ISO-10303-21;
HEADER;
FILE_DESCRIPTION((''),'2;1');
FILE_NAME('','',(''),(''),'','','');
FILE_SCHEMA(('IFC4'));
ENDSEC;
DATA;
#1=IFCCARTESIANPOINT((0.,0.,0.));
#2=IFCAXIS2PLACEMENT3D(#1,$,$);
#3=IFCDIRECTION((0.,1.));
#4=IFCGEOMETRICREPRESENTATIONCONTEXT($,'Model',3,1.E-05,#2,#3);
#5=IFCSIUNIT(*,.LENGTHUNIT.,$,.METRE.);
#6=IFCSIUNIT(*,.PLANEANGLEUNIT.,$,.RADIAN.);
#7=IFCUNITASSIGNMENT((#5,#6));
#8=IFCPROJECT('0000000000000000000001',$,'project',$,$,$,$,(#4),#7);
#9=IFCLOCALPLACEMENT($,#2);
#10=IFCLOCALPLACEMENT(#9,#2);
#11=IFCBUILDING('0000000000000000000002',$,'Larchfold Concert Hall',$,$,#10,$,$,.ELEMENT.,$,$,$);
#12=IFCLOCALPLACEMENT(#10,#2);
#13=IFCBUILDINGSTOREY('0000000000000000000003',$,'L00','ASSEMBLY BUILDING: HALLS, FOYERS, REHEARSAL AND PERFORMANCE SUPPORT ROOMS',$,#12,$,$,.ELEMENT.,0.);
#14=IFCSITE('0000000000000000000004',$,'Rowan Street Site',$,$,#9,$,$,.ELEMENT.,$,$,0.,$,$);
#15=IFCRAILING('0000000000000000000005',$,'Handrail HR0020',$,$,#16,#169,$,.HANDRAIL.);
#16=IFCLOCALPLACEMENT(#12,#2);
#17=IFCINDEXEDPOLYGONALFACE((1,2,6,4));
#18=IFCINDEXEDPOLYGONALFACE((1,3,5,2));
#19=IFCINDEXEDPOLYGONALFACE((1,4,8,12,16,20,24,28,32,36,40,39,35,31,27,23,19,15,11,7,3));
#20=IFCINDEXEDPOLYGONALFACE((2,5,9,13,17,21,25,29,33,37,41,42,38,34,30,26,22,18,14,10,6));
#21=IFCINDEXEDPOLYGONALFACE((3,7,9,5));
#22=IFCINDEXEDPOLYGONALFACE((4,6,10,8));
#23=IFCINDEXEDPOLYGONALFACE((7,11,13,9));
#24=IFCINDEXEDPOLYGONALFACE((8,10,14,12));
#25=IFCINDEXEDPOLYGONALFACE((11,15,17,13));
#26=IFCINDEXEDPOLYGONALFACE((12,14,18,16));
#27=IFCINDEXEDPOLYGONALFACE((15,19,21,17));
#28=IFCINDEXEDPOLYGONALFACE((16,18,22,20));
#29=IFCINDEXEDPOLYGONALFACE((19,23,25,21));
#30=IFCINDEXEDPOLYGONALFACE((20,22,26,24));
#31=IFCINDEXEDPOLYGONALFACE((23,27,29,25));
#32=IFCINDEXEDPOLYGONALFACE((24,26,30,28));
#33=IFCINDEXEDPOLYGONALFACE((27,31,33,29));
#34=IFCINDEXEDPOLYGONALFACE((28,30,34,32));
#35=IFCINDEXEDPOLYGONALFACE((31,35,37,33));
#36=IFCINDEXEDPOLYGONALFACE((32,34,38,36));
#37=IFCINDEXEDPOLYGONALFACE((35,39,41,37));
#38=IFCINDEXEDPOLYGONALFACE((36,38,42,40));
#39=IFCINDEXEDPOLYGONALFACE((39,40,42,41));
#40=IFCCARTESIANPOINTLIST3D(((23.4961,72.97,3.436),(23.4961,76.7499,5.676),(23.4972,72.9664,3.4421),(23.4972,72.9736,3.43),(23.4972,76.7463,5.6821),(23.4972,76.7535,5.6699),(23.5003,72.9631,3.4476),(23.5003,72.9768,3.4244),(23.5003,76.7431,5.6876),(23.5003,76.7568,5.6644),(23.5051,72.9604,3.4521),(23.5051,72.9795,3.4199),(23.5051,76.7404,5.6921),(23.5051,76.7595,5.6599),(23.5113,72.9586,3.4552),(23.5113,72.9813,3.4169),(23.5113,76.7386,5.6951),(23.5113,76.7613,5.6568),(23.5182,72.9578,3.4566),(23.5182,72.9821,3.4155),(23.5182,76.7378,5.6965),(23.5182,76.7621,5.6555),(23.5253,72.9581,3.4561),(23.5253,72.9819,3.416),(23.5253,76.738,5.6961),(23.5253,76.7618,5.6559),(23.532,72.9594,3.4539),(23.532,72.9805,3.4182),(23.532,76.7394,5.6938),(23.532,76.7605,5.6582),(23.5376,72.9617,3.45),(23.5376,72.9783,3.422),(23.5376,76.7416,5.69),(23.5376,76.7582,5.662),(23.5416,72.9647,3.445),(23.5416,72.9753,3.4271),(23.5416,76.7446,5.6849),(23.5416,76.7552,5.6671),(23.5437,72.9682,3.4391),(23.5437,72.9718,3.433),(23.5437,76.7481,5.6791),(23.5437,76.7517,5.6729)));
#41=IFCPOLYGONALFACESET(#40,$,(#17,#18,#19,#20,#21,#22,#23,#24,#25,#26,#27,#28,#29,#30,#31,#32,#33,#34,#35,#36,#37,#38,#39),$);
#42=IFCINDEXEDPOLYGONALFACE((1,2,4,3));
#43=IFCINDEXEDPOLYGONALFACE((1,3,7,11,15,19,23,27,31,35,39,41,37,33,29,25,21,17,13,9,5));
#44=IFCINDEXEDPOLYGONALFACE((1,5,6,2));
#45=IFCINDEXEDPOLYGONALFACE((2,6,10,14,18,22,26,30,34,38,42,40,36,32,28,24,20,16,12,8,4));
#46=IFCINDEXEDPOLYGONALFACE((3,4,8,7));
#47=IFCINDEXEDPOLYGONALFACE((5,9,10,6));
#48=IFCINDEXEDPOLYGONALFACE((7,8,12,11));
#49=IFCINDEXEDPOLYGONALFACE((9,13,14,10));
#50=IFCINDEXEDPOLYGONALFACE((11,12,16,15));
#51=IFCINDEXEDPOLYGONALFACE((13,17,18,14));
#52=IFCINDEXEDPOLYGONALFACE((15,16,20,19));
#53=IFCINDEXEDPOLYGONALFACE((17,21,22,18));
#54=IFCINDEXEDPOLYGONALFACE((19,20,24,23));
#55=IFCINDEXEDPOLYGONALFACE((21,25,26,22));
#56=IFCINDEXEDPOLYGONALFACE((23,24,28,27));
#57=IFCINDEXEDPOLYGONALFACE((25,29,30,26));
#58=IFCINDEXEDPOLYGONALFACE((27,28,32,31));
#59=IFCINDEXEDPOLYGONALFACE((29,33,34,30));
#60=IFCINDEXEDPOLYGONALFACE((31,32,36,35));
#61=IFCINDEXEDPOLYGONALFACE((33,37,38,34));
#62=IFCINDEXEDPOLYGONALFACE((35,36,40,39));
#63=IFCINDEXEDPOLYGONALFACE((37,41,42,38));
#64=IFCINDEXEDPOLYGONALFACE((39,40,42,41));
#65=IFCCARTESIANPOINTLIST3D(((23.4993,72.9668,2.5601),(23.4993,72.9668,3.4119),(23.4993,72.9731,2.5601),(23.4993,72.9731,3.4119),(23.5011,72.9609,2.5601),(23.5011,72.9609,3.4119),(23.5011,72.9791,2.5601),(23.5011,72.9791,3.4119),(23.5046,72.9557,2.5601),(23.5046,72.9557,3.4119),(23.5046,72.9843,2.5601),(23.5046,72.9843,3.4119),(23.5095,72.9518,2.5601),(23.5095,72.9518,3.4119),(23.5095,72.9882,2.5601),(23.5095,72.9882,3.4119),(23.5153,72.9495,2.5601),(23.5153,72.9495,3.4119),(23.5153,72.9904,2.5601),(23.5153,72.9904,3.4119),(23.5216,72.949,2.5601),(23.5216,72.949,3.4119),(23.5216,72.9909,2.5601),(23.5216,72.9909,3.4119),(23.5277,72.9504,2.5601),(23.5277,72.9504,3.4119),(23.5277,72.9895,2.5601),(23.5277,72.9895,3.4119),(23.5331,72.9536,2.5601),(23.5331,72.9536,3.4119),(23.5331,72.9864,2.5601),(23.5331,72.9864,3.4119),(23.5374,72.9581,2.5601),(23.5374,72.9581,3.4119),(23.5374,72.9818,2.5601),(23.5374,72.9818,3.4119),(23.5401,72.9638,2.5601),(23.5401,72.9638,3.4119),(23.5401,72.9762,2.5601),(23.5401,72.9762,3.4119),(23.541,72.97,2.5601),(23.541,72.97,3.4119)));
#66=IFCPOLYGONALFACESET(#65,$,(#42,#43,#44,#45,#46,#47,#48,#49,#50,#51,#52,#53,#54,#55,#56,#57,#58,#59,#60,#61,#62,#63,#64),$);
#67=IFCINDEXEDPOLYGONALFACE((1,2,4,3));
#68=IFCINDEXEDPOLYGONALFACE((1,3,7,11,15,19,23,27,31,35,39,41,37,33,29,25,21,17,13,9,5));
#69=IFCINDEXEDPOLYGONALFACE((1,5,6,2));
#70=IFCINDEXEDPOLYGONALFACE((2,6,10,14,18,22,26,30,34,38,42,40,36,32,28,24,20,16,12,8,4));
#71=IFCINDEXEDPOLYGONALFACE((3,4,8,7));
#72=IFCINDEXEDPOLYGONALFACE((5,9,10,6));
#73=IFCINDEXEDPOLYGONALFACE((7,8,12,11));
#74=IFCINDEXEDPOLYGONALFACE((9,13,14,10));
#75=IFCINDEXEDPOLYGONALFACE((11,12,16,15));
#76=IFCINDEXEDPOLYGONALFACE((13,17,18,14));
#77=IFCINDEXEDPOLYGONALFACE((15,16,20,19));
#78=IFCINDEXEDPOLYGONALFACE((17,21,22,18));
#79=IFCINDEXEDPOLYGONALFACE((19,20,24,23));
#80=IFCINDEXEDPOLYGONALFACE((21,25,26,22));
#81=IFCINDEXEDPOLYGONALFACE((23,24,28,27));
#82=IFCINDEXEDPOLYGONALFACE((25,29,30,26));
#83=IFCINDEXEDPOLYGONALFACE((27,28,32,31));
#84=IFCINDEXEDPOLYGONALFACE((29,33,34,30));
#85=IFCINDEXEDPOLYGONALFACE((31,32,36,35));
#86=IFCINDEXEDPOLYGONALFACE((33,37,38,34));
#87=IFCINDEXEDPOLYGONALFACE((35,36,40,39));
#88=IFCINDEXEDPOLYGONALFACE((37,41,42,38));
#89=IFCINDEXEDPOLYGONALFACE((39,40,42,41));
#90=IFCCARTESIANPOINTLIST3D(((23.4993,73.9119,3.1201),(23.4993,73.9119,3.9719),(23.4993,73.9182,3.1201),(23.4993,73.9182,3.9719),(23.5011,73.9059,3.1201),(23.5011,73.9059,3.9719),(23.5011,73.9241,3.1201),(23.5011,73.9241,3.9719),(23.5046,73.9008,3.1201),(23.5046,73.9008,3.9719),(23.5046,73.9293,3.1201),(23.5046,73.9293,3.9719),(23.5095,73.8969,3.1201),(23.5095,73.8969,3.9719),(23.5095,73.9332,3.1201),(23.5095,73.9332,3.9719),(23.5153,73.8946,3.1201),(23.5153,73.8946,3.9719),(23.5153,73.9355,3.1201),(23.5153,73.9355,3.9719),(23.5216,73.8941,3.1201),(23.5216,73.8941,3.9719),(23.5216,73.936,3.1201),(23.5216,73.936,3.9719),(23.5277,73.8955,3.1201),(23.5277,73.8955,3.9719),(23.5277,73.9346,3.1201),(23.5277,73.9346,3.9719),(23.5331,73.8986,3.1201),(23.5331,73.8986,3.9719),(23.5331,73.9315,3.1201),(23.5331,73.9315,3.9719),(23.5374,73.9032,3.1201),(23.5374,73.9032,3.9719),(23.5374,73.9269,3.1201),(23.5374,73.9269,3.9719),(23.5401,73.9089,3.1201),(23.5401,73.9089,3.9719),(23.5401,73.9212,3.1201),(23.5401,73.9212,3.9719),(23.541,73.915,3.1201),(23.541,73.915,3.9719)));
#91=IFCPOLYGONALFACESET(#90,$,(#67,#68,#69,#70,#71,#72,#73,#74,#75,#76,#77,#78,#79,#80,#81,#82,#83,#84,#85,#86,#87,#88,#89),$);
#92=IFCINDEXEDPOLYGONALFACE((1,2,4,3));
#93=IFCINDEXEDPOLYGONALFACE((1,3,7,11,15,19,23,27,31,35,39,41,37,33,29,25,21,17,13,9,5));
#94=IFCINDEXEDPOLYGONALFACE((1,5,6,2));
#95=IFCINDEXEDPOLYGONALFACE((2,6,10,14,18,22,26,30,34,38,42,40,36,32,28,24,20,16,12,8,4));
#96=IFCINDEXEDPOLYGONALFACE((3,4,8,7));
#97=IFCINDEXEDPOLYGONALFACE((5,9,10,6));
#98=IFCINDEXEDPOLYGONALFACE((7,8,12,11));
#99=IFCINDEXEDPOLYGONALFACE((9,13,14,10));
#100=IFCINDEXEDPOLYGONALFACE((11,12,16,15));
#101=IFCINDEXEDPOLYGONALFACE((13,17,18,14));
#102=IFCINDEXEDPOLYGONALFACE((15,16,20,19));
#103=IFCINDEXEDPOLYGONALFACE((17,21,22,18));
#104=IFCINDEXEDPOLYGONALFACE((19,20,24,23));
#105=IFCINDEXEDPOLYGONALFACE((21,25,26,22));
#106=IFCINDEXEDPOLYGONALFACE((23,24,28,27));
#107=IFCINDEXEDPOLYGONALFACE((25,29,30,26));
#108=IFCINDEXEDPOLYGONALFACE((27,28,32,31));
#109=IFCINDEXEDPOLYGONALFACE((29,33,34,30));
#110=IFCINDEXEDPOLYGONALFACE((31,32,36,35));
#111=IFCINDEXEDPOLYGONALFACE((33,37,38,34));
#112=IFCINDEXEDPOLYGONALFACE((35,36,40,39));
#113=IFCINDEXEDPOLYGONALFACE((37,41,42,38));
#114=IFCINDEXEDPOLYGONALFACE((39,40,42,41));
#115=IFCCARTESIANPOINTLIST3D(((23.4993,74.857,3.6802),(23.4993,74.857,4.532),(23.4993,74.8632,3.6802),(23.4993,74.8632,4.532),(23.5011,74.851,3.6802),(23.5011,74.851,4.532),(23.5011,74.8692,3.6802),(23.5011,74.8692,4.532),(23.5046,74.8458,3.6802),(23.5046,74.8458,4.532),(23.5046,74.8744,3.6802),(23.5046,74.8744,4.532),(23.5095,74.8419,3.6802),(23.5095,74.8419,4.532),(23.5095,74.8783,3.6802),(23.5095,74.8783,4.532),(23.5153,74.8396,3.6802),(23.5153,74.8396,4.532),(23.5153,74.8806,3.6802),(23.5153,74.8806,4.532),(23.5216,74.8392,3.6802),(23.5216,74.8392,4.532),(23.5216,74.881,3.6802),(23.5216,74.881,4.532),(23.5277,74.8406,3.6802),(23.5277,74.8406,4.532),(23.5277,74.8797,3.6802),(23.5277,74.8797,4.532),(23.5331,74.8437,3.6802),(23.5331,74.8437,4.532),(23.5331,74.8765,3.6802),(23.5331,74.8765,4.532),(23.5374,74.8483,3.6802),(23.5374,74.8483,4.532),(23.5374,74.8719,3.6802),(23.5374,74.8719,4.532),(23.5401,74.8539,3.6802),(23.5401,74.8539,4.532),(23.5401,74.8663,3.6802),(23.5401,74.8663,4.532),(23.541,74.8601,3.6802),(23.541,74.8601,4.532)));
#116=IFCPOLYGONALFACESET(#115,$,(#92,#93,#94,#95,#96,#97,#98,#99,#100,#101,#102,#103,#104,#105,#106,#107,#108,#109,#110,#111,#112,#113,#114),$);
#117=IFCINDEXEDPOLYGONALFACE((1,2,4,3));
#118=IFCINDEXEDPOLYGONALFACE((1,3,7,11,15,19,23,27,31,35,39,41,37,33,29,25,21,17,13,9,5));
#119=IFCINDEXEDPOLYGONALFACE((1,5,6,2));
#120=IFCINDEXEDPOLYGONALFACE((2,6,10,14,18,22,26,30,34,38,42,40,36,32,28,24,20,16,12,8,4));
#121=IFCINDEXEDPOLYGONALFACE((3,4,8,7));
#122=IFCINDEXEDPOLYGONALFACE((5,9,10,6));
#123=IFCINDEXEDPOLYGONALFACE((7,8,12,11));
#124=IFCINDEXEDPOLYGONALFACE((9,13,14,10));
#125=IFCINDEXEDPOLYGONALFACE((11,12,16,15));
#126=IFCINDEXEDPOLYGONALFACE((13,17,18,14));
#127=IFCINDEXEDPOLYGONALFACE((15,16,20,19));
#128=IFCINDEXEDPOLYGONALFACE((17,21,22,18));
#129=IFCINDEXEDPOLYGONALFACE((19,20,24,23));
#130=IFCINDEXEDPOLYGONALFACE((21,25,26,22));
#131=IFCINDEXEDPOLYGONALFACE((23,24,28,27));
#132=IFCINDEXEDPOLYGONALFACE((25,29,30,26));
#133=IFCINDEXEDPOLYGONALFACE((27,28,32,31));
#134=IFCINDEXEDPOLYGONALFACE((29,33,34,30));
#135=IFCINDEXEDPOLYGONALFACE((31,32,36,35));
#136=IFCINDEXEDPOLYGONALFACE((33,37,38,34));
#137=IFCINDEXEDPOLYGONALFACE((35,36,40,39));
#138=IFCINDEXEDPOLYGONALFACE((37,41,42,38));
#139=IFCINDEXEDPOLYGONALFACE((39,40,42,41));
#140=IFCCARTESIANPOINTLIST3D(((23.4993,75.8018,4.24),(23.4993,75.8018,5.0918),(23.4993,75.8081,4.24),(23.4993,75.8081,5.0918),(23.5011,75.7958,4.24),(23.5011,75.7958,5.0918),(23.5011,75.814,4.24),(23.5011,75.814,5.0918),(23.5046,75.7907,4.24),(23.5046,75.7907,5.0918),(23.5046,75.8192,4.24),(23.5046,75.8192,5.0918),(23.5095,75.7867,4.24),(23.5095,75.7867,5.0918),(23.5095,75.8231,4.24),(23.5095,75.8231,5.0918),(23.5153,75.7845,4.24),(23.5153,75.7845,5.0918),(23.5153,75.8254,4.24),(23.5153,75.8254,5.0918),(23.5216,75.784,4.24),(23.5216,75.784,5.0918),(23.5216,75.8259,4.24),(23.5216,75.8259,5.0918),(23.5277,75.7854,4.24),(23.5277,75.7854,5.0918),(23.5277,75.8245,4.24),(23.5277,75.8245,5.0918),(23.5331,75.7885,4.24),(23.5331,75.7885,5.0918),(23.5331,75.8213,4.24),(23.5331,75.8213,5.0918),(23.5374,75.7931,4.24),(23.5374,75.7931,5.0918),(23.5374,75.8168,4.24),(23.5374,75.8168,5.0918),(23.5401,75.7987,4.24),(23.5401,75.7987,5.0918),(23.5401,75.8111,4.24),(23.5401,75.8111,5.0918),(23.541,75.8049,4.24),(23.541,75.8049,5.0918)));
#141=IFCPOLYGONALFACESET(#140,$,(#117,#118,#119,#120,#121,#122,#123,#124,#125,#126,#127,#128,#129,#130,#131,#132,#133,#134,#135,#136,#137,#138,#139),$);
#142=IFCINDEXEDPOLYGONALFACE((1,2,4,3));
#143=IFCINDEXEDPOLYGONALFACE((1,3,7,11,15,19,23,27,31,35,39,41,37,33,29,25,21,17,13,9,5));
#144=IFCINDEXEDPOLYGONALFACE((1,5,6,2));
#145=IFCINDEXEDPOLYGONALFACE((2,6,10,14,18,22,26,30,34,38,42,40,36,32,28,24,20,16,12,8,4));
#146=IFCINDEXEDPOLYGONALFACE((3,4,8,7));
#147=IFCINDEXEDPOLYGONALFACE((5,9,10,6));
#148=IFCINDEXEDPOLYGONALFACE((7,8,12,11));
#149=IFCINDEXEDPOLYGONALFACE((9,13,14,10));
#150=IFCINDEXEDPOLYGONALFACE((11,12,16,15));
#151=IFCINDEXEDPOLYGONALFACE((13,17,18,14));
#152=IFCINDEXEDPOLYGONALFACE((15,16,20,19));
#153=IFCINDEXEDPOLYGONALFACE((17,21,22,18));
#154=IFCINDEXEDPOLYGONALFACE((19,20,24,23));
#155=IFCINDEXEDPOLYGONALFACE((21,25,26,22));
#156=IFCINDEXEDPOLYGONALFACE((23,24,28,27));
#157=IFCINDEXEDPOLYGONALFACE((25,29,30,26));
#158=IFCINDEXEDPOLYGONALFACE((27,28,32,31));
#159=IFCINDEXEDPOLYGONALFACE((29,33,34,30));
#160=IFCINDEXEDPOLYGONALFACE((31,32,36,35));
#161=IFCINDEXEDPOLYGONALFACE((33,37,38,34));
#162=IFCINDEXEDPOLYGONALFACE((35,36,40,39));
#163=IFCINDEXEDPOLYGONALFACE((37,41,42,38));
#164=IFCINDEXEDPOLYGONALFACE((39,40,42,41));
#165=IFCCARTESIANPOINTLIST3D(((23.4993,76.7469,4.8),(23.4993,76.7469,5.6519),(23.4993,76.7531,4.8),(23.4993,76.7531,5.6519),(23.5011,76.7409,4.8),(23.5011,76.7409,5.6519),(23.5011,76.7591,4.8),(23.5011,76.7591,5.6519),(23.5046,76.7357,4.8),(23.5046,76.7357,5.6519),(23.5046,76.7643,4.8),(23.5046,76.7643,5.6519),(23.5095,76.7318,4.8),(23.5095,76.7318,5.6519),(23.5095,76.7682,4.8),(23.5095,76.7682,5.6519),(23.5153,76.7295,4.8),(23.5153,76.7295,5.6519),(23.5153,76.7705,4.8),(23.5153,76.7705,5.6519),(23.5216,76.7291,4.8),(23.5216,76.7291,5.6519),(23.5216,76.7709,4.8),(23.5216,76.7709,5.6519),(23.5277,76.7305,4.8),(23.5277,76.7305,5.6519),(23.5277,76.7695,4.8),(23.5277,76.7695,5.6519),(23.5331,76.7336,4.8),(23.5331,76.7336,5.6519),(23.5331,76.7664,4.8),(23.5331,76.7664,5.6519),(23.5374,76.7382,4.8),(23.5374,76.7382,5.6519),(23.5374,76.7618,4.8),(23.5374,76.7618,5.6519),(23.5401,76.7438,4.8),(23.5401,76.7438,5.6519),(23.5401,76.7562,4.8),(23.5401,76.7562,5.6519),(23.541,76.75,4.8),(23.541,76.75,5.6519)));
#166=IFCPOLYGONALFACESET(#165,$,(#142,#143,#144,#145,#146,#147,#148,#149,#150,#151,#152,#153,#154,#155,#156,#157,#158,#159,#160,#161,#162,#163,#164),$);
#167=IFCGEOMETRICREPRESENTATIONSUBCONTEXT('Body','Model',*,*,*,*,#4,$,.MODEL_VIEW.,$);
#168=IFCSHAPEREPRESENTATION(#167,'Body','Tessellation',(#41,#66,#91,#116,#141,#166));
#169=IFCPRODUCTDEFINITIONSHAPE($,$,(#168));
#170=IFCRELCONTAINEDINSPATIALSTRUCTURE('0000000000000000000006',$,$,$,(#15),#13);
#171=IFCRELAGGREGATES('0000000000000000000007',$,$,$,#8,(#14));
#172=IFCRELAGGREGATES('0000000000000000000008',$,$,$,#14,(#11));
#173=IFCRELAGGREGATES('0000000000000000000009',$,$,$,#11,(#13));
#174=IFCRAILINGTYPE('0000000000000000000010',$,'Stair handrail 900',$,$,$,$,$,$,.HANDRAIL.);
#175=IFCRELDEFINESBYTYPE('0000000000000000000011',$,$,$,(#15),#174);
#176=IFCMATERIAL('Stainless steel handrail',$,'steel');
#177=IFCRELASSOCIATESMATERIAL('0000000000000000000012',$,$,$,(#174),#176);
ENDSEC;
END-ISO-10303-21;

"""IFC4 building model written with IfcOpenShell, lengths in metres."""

from ifc_helpers import new_model, si_unit, direction, frame, origin, origin_2d, place, context, subcontext, project, spatial, circle, extrude, material, type_object, element, save


model = new_model("IFC4")

# Units and contexts
model_context = context("Model", 3, precision=1e-05, world=origin(), true_north=direction((0.0, 1.0)))
body_context = subcontext(model_context, "Body", "Model", "MODEL_VIEW")
ifc_project = project(units=[si_unit("LENGTHUNIT", "METRE"), si_unit("PLANEANGLEUNIT", "RADIAN")], contexts=[model_context])

# Site, building, storey
site_placement = place(None, origin())
site = spatial("IfcSite", under=ifc_project, at=site_placement, Name="Rowan Street Site", CompositionType="ELEMENT", RefElevation=0.0)
building_placement = place(site_placement, origin())
building = spatial("IfcBuilding", under=site, at=building_placement, Name="Larchfold Concert Hall", CompositionType="ELEMENT")
storey_placement = place(building_placement, origin())
storey = spatial("IfcBuildingStorey", under=building, at=storey_placement, Name="L00", Description="ASSEMBLY BUILDING: HALLS, FOYERS, REHEARSAL AND PERFORMANCE SUPPORT ROOMS", CompositionType="ELEMENT", Elevation=0.0)

# Railing
ifc_material_1 = material(Name="Stainless steel handrail", Category="steel")
railing_type_1 = type_object("IfcRailingType", Name="Stair handrail 900", PredefinedType="HANDRAIL", material=ifc_material_1)
railing_1_placement = place(storey_placement, frame((23.52, 72.97, 2.5601)))
element("IfcRailing", 1, at=railing_1_placement, inside=storey, type_object=railing_type_1, Name="Handrail HR0020", PredefinedType="HANDRAIL", context=body_context, shape_type="SweptSolid", body=[
    extrude(circle(Radius=0.0239, at=origin_2d()), frame((0.0, 0.0, 0.876), z_axis=(0.0, 0.860294, 0.509798), x_axis=(-1.0, 0.0, 0.0)), (0.0, 0.0, 1.0), 4.3938),
    extrude(circle(Radius=0.021, at=origin_2d()), origin(), (0.0, 0.0, 1.0), 0.8518),
    extrude(circle(Radius=0.021, at=origin_2d()), frame((0.0, 0.9451, 0.5601)), (0.0, 0.0, 1.0), 0.8518),
    extrude(circle(Radius=0.021, at=origin_2d()), frame((0.0, 1.8901, 1.1201)), (0.0, 0.0, 1.0), 0.8518),
    extrude(circle(Radius=0.021, at=origin_2d()), frame((0.0, 2.835, 1.6799)), (0.0, 0.0, 1.0), 0.8518),
    extrude(circle(Radius=0.021, at=origin_2d()), frame((0.0, 3.78, 2.24)), (0.0, 0.0, 1.0), 0.8518),
])

save(model, "model.ifc")
